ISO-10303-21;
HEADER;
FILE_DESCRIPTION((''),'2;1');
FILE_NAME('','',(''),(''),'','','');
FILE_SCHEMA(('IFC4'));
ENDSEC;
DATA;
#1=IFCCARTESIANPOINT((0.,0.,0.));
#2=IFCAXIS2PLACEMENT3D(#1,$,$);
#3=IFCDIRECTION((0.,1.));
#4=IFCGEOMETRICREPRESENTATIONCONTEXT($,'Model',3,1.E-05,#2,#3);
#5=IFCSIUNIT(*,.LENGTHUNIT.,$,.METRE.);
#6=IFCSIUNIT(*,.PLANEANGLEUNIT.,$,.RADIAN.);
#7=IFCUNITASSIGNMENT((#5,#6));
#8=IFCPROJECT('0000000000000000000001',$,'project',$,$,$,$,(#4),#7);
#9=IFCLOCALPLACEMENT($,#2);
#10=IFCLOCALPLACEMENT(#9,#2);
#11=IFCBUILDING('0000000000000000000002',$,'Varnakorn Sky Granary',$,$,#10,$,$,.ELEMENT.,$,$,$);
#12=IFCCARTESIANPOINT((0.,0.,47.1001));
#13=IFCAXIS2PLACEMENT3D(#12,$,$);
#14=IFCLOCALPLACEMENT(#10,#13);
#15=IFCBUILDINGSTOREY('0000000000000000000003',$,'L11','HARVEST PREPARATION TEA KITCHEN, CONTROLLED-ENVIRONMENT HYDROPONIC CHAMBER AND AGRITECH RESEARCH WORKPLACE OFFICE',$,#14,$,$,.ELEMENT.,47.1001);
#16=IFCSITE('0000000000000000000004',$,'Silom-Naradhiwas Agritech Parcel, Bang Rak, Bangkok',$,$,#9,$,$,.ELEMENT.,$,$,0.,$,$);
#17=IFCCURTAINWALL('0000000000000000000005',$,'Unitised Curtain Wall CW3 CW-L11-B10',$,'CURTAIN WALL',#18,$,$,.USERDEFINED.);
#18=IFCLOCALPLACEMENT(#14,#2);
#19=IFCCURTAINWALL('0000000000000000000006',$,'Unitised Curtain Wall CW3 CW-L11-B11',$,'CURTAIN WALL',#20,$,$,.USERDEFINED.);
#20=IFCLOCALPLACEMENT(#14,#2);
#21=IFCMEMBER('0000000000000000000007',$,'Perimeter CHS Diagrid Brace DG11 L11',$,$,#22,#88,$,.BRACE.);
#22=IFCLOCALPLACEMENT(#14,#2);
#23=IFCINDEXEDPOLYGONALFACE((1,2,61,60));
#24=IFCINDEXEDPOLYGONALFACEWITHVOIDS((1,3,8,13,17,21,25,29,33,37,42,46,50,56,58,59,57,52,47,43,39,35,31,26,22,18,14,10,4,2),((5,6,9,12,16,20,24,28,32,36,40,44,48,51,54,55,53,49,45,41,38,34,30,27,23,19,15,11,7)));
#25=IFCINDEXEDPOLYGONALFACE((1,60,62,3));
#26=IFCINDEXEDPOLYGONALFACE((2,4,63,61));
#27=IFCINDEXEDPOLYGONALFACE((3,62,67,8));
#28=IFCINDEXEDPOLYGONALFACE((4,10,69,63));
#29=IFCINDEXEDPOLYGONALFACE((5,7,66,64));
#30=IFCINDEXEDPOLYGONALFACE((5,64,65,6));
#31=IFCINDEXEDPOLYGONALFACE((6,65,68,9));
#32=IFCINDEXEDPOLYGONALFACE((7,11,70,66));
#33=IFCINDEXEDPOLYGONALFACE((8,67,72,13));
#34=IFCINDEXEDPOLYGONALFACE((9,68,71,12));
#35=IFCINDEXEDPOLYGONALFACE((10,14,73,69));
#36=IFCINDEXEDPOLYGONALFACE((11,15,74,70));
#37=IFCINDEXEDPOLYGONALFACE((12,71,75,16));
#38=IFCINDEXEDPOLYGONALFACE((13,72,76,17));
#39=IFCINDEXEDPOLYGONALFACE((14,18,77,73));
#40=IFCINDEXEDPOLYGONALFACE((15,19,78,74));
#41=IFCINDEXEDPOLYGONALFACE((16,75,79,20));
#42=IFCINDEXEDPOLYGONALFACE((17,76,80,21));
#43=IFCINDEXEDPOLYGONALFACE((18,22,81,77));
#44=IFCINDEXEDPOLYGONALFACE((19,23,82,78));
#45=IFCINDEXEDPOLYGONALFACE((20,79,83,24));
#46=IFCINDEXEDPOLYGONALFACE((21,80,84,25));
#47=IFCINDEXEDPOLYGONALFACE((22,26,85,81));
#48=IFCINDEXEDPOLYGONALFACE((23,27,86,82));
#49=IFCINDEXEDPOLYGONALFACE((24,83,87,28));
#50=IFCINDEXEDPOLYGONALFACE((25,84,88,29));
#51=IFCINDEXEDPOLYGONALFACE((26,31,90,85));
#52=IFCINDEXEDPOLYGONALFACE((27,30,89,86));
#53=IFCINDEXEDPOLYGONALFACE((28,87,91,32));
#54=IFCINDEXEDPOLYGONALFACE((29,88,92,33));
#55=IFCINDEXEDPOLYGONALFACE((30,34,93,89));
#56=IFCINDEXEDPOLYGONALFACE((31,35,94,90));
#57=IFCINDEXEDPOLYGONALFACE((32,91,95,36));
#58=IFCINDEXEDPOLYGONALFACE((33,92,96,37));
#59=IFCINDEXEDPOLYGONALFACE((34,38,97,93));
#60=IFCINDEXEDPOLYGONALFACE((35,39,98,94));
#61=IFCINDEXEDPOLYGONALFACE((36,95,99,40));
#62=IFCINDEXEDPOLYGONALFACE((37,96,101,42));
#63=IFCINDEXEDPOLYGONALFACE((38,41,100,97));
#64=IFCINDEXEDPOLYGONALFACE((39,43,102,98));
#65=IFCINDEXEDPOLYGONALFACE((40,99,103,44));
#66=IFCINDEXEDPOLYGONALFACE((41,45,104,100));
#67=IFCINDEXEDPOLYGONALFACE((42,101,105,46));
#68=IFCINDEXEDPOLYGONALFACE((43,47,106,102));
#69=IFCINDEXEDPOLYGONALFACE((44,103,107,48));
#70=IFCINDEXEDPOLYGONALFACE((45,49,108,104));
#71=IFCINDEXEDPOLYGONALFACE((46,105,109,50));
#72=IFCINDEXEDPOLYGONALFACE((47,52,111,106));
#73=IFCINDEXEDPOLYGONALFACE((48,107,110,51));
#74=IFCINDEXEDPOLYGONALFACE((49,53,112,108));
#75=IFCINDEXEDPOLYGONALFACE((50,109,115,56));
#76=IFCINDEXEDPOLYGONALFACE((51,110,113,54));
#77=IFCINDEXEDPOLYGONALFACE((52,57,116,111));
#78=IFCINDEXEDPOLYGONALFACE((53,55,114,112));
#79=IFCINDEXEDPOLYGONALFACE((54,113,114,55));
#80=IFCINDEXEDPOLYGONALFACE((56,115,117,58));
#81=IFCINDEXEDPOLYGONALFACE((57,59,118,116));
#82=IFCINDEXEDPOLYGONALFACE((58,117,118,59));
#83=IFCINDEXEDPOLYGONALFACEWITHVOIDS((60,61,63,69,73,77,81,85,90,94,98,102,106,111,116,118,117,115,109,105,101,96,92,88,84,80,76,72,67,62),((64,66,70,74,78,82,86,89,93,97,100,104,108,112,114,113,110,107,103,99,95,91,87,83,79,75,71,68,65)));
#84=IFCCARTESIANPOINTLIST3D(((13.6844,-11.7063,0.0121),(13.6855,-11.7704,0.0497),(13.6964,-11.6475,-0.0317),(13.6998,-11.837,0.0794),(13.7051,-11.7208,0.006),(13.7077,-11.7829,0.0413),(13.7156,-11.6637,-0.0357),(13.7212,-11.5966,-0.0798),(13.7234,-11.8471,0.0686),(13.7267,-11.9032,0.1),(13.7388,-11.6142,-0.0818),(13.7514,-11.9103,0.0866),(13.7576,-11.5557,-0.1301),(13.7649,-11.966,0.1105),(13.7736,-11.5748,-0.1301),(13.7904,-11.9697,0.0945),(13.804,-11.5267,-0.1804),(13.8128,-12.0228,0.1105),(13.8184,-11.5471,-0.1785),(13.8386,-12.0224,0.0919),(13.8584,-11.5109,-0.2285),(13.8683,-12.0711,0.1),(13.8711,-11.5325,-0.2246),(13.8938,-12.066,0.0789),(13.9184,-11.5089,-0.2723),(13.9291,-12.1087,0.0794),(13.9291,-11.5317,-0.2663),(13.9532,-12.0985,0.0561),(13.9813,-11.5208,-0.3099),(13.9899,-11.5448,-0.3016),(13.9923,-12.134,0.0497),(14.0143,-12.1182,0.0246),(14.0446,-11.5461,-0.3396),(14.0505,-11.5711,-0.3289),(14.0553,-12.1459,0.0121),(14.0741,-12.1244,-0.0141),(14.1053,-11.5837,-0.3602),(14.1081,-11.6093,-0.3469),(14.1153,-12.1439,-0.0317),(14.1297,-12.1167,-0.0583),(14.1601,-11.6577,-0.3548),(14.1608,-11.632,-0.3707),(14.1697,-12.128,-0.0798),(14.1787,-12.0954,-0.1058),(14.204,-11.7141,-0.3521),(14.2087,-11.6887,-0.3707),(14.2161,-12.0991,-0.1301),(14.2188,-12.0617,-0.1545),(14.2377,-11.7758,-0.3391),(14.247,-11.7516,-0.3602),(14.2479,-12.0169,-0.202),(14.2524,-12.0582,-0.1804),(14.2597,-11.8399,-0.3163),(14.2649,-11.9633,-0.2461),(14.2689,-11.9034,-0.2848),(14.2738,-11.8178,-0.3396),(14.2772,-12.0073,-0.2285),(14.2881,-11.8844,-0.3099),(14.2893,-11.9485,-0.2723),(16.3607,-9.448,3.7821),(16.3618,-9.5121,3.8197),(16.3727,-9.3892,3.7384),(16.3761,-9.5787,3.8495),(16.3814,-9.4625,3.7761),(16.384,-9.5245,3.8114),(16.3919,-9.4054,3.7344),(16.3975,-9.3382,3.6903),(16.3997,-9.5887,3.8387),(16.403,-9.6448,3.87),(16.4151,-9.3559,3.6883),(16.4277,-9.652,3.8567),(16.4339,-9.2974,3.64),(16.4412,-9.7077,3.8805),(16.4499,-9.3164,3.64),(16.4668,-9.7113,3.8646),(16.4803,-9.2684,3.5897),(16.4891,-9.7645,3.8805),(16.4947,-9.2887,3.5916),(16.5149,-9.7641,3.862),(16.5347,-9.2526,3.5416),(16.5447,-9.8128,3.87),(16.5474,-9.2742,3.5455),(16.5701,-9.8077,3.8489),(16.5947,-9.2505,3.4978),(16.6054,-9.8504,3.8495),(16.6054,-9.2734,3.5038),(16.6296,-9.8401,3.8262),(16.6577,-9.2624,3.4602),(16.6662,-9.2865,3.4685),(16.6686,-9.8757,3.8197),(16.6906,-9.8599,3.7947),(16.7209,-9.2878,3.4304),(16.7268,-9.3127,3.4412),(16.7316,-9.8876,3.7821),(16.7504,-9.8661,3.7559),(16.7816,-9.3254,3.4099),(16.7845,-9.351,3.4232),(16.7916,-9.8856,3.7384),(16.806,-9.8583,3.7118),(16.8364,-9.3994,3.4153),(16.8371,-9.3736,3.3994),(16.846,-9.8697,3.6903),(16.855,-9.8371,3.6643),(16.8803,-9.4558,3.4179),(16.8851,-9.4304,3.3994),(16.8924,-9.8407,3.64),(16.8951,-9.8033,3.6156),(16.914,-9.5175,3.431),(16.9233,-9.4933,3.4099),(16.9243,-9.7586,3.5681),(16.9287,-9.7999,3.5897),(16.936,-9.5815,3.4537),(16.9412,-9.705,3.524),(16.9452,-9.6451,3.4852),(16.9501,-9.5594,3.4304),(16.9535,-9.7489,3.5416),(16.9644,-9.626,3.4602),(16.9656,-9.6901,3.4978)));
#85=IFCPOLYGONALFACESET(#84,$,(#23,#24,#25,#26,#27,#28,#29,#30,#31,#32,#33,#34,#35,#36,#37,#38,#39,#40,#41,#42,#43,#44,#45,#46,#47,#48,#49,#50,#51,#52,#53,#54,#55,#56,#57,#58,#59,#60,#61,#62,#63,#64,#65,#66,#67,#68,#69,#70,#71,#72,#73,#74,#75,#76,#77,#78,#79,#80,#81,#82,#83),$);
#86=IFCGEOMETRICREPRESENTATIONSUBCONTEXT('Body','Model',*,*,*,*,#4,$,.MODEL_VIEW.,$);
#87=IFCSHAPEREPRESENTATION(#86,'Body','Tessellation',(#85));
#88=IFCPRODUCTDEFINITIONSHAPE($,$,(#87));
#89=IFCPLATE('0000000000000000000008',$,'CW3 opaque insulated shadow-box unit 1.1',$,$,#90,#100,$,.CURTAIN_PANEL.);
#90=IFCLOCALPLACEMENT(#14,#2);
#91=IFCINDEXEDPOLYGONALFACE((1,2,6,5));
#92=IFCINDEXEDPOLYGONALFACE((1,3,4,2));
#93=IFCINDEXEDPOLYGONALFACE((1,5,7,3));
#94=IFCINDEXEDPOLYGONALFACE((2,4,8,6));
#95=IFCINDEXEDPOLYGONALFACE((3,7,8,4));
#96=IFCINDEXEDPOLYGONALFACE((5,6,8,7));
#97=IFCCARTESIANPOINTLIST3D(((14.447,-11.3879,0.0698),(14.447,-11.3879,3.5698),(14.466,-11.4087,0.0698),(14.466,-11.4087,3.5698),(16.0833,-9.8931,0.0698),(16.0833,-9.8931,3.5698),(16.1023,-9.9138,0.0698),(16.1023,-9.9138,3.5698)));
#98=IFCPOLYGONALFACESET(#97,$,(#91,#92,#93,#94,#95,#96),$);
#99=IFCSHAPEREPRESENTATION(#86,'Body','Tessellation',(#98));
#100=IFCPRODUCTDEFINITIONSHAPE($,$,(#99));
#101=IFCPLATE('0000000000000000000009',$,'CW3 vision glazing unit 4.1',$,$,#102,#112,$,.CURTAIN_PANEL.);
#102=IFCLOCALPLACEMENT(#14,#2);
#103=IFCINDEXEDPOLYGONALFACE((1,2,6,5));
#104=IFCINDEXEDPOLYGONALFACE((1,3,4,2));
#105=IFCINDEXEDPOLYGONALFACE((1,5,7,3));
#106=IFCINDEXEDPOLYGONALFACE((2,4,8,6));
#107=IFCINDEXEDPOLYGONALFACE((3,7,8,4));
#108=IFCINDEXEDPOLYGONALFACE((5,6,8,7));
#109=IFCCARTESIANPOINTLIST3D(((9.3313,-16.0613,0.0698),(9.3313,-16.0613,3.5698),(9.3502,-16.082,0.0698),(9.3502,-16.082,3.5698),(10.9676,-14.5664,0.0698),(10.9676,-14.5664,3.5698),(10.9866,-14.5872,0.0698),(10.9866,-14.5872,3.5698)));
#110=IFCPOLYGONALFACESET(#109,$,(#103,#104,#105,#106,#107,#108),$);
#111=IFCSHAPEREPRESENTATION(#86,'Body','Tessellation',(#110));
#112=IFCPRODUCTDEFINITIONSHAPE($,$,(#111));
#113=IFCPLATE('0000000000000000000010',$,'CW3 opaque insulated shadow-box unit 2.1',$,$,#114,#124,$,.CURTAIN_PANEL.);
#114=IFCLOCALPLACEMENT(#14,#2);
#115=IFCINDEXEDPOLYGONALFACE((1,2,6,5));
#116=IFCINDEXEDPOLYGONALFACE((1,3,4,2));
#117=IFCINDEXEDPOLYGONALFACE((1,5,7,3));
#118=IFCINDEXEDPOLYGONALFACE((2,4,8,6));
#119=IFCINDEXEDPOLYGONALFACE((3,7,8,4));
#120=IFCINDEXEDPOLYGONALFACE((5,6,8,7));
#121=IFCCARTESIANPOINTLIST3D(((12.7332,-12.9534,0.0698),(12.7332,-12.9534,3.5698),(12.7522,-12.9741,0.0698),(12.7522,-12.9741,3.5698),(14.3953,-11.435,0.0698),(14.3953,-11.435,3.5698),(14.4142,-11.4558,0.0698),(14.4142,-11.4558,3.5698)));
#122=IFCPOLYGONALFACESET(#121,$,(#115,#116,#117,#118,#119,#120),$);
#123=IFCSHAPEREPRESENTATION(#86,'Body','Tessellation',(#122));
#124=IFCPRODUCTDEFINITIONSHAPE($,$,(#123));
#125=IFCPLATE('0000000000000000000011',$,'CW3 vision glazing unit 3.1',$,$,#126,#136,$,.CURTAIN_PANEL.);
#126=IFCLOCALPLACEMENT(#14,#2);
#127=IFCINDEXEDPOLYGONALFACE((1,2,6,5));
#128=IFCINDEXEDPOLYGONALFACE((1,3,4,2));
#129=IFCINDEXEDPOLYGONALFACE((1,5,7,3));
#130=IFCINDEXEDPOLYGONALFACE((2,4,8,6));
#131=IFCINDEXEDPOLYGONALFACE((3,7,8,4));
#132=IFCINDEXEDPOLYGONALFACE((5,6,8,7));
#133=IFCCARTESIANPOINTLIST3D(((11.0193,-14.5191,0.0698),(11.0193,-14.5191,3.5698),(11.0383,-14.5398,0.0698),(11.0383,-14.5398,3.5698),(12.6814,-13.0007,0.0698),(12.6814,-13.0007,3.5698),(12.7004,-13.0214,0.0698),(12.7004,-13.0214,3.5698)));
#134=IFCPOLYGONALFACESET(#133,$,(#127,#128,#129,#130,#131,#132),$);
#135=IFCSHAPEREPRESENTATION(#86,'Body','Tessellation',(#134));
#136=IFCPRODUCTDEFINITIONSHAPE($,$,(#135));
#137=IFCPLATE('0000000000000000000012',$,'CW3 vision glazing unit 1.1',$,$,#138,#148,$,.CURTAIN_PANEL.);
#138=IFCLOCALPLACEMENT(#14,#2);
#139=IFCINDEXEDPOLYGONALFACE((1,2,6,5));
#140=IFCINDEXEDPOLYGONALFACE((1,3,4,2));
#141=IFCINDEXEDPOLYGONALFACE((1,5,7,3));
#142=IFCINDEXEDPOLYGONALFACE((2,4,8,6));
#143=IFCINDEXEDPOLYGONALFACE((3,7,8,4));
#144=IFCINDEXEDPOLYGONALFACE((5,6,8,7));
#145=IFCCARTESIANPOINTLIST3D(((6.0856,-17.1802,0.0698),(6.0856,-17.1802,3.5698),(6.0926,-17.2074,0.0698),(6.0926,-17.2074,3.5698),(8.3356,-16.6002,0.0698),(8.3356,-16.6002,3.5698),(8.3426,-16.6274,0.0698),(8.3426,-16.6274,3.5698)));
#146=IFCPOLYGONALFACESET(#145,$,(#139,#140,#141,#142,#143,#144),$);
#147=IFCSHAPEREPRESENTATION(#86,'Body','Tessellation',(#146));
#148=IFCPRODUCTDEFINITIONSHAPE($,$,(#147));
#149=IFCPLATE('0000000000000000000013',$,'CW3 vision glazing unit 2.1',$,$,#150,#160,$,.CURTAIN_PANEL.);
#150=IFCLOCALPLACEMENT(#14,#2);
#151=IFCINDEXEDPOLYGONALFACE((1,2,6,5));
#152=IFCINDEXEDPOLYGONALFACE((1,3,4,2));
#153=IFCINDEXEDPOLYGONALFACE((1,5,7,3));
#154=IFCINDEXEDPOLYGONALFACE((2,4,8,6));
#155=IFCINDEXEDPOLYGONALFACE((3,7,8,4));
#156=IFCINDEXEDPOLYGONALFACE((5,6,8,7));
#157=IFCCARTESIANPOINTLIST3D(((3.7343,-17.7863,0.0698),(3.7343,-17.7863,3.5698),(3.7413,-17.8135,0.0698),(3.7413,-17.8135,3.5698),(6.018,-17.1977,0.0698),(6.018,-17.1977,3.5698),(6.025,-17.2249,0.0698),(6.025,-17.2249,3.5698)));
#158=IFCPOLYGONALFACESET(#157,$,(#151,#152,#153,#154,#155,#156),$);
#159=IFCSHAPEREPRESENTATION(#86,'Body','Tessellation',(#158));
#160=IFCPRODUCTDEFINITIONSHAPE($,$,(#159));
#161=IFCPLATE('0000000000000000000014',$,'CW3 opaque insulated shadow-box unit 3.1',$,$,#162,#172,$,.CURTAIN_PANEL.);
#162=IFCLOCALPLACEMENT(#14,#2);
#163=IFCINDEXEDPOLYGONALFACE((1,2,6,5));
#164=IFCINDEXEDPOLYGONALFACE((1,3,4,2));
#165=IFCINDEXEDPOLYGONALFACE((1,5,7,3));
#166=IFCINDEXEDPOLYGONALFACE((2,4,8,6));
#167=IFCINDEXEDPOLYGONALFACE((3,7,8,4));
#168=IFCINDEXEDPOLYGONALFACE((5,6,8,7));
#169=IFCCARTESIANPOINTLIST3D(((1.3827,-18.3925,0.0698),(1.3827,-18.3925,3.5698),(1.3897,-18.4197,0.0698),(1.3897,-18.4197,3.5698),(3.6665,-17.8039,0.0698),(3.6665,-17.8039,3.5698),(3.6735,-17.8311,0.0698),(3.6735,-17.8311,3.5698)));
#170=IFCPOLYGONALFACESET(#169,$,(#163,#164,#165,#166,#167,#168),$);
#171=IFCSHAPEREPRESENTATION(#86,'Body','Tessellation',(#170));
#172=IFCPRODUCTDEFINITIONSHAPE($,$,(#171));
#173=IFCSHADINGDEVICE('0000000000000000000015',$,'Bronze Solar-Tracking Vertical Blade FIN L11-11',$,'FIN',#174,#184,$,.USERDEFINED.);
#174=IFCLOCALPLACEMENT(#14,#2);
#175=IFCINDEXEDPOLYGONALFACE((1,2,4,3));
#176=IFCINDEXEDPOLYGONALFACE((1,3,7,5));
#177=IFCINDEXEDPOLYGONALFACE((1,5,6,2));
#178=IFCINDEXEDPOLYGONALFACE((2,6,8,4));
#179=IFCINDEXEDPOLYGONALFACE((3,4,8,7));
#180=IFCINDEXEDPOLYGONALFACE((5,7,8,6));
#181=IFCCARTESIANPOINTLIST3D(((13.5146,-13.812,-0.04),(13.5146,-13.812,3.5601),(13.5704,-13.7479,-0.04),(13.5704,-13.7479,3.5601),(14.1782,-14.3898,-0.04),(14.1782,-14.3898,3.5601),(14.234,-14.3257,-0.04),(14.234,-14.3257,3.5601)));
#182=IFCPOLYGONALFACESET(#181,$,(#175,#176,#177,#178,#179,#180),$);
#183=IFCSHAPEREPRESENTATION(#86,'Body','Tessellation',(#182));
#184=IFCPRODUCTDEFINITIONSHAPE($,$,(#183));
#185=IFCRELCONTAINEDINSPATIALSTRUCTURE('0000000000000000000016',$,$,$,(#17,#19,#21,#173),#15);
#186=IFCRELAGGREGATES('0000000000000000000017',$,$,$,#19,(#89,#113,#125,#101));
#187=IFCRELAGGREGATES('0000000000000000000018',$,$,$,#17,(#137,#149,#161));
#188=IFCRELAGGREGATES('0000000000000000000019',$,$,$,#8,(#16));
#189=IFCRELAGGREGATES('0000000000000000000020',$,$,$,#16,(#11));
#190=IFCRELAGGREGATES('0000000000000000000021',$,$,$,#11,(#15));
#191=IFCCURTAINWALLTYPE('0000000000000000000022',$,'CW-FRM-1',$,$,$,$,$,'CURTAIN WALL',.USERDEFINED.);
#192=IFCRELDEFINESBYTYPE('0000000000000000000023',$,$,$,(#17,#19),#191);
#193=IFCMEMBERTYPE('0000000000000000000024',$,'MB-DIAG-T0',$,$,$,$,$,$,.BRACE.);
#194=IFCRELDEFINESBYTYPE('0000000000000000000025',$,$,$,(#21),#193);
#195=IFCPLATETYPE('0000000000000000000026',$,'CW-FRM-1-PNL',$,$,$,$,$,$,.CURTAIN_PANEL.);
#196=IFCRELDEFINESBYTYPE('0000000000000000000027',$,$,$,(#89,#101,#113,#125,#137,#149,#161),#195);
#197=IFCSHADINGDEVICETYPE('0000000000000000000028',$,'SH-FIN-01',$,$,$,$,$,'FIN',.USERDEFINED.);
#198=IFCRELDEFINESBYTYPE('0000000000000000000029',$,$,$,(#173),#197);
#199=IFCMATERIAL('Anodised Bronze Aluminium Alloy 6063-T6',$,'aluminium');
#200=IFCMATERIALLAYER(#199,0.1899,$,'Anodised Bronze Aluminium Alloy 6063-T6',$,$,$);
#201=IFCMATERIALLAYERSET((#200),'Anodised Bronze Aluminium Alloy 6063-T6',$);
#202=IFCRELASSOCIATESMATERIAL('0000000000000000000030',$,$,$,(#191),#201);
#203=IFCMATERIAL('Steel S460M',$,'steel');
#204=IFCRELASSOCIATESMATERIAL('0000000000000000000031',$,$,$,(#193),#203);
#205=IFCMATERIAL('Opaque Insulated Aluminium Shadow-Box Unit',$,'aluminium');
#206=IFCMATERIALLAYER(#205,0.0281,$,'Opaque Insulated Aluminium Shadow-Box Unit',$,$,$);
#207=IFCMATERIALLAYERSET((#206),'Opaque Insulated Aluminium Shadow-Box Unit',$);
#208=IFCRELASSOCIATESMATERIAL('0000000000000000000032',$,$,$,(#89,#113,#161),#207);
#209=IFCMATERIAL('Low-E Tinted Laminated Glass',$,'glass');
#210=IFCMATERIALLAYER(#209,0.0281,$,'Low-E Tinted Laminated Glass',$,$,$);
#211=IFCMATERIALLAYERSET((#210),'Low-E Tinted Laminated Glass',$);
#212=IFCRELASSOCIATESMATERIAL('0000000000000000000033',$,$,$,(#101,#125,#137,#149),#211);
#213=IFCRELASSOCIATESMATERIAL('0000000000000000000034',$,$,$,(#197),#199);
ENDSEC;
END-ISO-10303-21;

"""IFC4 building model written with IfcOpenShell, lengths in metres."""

from ifc_helpers import new_model, si_unit, direction, frame, origin, origin_2d, place, context, subcontext, project, spatial, rectangle, hollow_circle, extrude, source, transform, mapped, material, layer, layer_set, material_profile, profile_set, type_object, type_shapes, element, aggregate, save


model = new_model("IFC4")

# Units and contexts
model_context = context("Model", 3, precision=1e-05, world=origin(), true_north=direction((0.0, 1.0)))
body_context = subcontext(model_context, "Body", "Model", "MODEL_VIEW")
ifc_project = project(units=[si_unit("LENGTHUNIT", "METRE"), si_unit("PLANEANGLEUNIT", "RADIAN")], contexts=[model_context])

# Site, building, storey
site_placement = place(None, origin())
site = spatial("IfcSite", under=ifc_project, at=site_placement, Name="Silom-Naradhiwas Agritech Parcel, Bang Rak, Bangkok", CompositionType="ELEMENT", RefElevation=0.0)
building_placement = place(site_placement, origin())
building = spatial("IfcBuilding", under=site, at=building_placement, Name="Varnakorn Sky Granary", CompositionType="ELEMENT")
storey_placement = place(building_placement, frame((0.0, 0.0, 47.1001)))
storey = spatial("IfcBuildingStorey", under=building, at=storey_placement, Name="L11", Description="HARVEST PREPARATION TEA KITCHEN, CONTROLLED-ENVIRONMENT HYDROPONIC CHAMBER AND AGRITECH RESEARCH WORKPLACE OFFICE", CompositionType="ELEMENT", Elevation=47.1001)

# Shared definitions
ifc_material_1 = material(Name="Steel S460M", Category="steel")

# Curtain walls
ifc_material_2 = material(Name="Anodised Bronze Aluminium Alloy 6063-T6", Category="aluminium")
ifc_layer_1 = layer(ifc_material_2, 0.1899, Name="Anodised Bronze Aluminium Alloy 6063-T6")
ifc_layer_set_1 = layer_set([ifc_layer_1], Name="Anodised Bronze Aluminium Alloy 6063-T6")
curtain_wall_type = type_object("IfcCurtainWallType", Name="CW-FRM-1", ElementType="CURTAIN WALL", PredefinedType="USERDEFINED", material=ifc_layer_set_1)
curtain_wall_1_placement = place(storey_placement, origin())
curtain_wall_1 = element("IfcCurtainWall", 1, at=curtain_wall_1_placement, inside=storey, type_object=curtain_wall_type, Name="Unitised Curtain Wall CW3 CW-L11-B10", ObjectType="CURTAIN WALL", PredefinedType="USERDEFINED")
curtain_wall_2_placement = place(storey_placement, origin())
curtain_wall_2 = element("IfcCurtainWall", 2, at=curtain_wall_2_placement, inside=storey, type_object=curtain_wall_type, Name="Unitised Curtain Wall CW3 CW-L11-B11", ObjectType="CURTAIN WALL", PredefinedType="USERDEFINED")

# Member
ifc_material_profile_1 = material_profile(ifc_material_1, hollow_circle(Radius=0.3555, WallThickness=0.0249, at=origin_2d()), Name="CHS 711x25")
ifc_profile_set_1 = profile_set([ifc_material_profile_1], Name="Steel S460M")
member_type_1 = type_object("IfcMemberType", Name="MB-DIAG-T0", PredefinedType="BRACE", material=ifc_profile_set_1)
member_1_placement = place(storey_placement, frame((13.9868, -11.8274, -0.1301), z_axis=(0.520126, 0.438895, 0.732694), x_axis=(-0.644904, 0.764264, 0.0)))
element("IfcMember", 3, at=member_1_placement, inside=storey, type_object=member_type_1, Name="Perimeter CHS Diagrid Brace DG11 L11", PredefinedType="BRACE", context=body_context, shape_type="SweptSolid", body=[
    extrude(hollow_circle(Radius=0.3555, WallThickness=0.0249, at=origin_2d()), origin(), (0.0, 0.0, 1.0), 5.1455),
])

# Plates
ifc_material_3 = material(Name="Opaque Insulated Aluminium Shadow-Box Unit", Category="aluminium")
ifc_layer_2 = layer(ifc_material_3, 0.0281, Name="Opaque Insulated Aluminium Shadow-Box Unit")
ifc_layer_set_2 = layer_set([ifc_layer_2], Name="Opaque Insulated Aluminium Shadow-Box Unit")
plate_type = type_object("IfcPlateType", Name="CW-FRM-1-PNL", PredefinedType="CURTAIN_PANEL")
shared_shape_1 = source(origin(), body_context, "Body", "SweptSolid", [
    extrude(rectangle(XDim=2.2163, YDim=0.0281, at=origin_2d()), origin(), (0.0, 0.0, 1.0), 3.5),
])
plate_1_placement = place(storey_placement, frame((15.2747, -10.6509, 0.0698), z_axis=(0.0, 0.0, 1.0), x_axis=(-0.738307, -0.674464, 0.0)))
plate_1 = element("IfcPlate", 4, at=plate_1_placement, type_object=plate_type, material=ifc_layer_set_2, Name="CW3 opaque insulated shadow-box unit 1.1", PredefinedType="CURTAIN_PANEL", context=body_context, shape_type="MappedRepresentation", body=[
    mapped(shared_shape_1, transform((0.0, 0.0, 0.0), x_axis=(1.0, 0.0, 0.0), y_axis=(0.0, 1.0, 0.0), z_axis=(0.0, 0.0, 1.0), scale=1.0)),
])
ifc_material_4 = material(Name="Low-E Tinted Laminated Glass", Category="glass")
ifc_layer_3 = layer(ifc_material_4, 0.0281, Name="Low-E Tinted Laminated Glass")
ifc_layer_set_3 = layer_set([ifc_layer_3], Name="Low-E Tinted Laminated Glass")
plate_2_placement = place(storey_placement, frame((10.1589, -15.3242, 0.0698), z_axis=(0.0, 0.0, 1.0), x_axis=(-0.738307, -0.674464, 0.0)))
plate_2 = element("IfcPlate", 5, at=plate_2_placement, type_object=plate_type, material=ifc_layer_set_3, Name="CW3 vision glazing unit 4.1", PredefinedType="CURTAIN_PANEL", context=body_context, shape_type="MappedRepresentation", body=[
    mapped(shared_shape_1, transform((0.0, 0.0, 0.0), x_axis=(1.0, 0.0, 0.0), y_axis=(0.0, 1.0, 0.0), z_axis=(0.0, 0.0, 1.0), scale=1.0)),
])
shared_shape_2 = source(origin(), body_context, "Body", "SweptSolid", [
    extrude(rectangle(XDim=2.2512, YDim=0.0281, at=origin_2d()), origin(), (0.0, 0.0, 1.0), 3.5),
])
plate_3_placement = place(storey_placement, frame((13.5737, -12.2046, 0.0698), z_axis=(0.0, 0.0, 1.0), x_axis=(-0.738307, -0.674464, 0.0)))
plate_3 = element("IfcPlate", 6, at=plate_3_placement, type_object=plate_type, material=ifc_layer_set_2, Name="CW3 opaque insulated shadow-box unit 2.1", PredefinedType="CURTAIN_PANEL", context=body_context, shape_type="MappedRepresentation", body=[
    mapped(shared_shape_2, transform((0.0, 0.0, 0.0), x_axis=(1.0, 0.0, 0.0), y_axis=(0.0, 1.0, 0.0), z_axis=(0.0, 0.0, 1.0), scale=1.0)),
])
plate_4_placement = place(storey_placement, frame((11.8599, -13.7703, 0.0698), z_axis=(0.0, 0.0, 1.0), x_axis=(-0.738307, -0.674464, 0.0)))
plate_4 = element("IfcPlate", 7, at=plate_4_placement, type_object=plate_type, material=ifc_layer_set_3, Name="CW3 vision glazing unit 3.1", PredefinedType="CURTAIN_PANEL", context=body_context, shape_type="MappedRepresentation", body=[
    mapped(shared_shape_2, transform((0.0, 0.0, 0.0), x_axis=(1.0, 0.0, 0.0), y_axis=(0.0, 1.0, 0.0), z_axis=(0.0, 0.0, 1.0), scale=1.0)),
])
aggregate(curtain_wall_2, [plate_1, plate_3, plate_4, plate_2])
shared_shape_3 = source(origin(), body_context, "Body", "SweptSolid", [
    extrude(rectangle(XDim=2.3235, YDim=0.0281, at=origin_2d()), origin(), (0.0, 0.0, 1.0), 3.5),
])
plate_5_placement = place(storey_placement, frame((7.2141, -16.9038, 0.0698), z_axis=(0.0, 0.0, 1.0), x_axis=(-0.96835, -0.249595, 0.0)))
plate_5 = element("IfcPlate", 8, at=plate_5_placement, type_object=plate_type, material=ifc_layer_set_3, Name="CW3 vision glazing unit 1.1", PredefinedType="CURTAIN_PANEL", context=body_context, shape_type="MappedRepresentation", body=[
    mapped(shared_shape_3, transform((0.0, 0.0, 0.0), x_axis=(1.0, 0.0, 0.0), y_axis=(0.0, 1.0, 0.0), z_axis=(0.0, 0.0, 1.0), scale=1.0)),
])
shared_shape_4 = source(origin(), body_context, "Body", "SweptSolid", [
    extrude(rectangle(XDim=2.3584, YDim=0.0281, at=origin_2d()), origin(), (0.0, 0.0, 1.0), 3.5),
])
type_shapes(plate_type, [shared_shape_1, shared_shape_2, shared_shape_3, shared_shape_4])
plate_6_placement = place(storey_placement, frame((4.8796, -17.5056, 0.0698), z_axis=(0.0, 0.0, 1.0), x_axis=(-0.96835, -0.249595, 0.0)))
plate_6 = element("IfcPlate", 9, at=plate_6_placement, type_object=plate_type, material=ifc_layer_set_3, Name="CW3 vision glazing unit 2.1", PredefinedType="CURTAIN_PANEL", context=body_context, shape_type="MappedRepresentation", body=[
    mapped(shared_shape_4, transform((0.0, 0.0, 0.0), x_axis=(1.0, 0.0, 0.0), y_axis=(0.0, 1.0, 0.0), z_axis=(0.0, 0.0, 1.0), scale=1.0)),
])
plate_7_placement = place(storey_placement, frame((2.5281, -18.1118, 0.0698), z_axis=(0.0, 0.0, 1.0), x_axis=(-0.96835, -0.249595, 0.0)))
plate_7 = element("IfcPlate", 10, at=plate_7_placement, type_object=plate_type, material=ifc_layer_set_2, Name="CW3 opaque insulated shadow-box unit 3.1", PredefinedType="CURTAIN_PANEL", context=body_context, shape_type="MappedRepresentation", body=[
    mapped(shared_shape_4, transform((0.0, 0.0, 0.0), x_axis=(1.0, 0.0, 0.0), y_axis=(0.0, 1.0, 0.0), z_axis=(0.0, 0.0, 1.0), scale=1.0)),
])
aggregate(curtain_wall_1, [plate_5, plate_6, plate_7])

# Shading device
shading_device_type = type_object("IfcShadingDeviceType", Name="SH-FIN-01", ElementType="FIN", PredefinedType="USERDEFINED", material=ifc_material_2)
shared_shape_5 = source(origin(), body_context, "Body", "SweptSolid", [
    extrude(rectangle(XDim=0.085, YDim=0.8799, at=origin_2d()), origin(), (0.0, 0.0, 1.0), 3.6001),
])
type_shapes(shading_device_type, [shared_shape_5])
shading_device_placement = place(storey_placement, frame((13.8743, -14.0688, -0.04), z_axis=(0.0, 0.0, 1.0), x_axis=(0.656658, 0.754188, 0.0)))
element("IfcShadingDevice", 11, at=shading_device_placement, inside=storey, type_object=shading_device_type, Name="Bronze Solar-Tracking Vertical Blade FIN L11-11", ObjectType="FIN", PredefinedType="USERDEFINED", context=body_context, shape_type="MappedRepresentation", body=[
    mapped(shared_shape_5, transform((0.0, 0.0, 0.0), x_axis=(1.0, 0.0, 0.0), y_axis=(0.0, 1.0, 0.0), z_axis=(0.0, 0.0, 1.0), scale=1.0)),
])

save(model, "model.ifc")
